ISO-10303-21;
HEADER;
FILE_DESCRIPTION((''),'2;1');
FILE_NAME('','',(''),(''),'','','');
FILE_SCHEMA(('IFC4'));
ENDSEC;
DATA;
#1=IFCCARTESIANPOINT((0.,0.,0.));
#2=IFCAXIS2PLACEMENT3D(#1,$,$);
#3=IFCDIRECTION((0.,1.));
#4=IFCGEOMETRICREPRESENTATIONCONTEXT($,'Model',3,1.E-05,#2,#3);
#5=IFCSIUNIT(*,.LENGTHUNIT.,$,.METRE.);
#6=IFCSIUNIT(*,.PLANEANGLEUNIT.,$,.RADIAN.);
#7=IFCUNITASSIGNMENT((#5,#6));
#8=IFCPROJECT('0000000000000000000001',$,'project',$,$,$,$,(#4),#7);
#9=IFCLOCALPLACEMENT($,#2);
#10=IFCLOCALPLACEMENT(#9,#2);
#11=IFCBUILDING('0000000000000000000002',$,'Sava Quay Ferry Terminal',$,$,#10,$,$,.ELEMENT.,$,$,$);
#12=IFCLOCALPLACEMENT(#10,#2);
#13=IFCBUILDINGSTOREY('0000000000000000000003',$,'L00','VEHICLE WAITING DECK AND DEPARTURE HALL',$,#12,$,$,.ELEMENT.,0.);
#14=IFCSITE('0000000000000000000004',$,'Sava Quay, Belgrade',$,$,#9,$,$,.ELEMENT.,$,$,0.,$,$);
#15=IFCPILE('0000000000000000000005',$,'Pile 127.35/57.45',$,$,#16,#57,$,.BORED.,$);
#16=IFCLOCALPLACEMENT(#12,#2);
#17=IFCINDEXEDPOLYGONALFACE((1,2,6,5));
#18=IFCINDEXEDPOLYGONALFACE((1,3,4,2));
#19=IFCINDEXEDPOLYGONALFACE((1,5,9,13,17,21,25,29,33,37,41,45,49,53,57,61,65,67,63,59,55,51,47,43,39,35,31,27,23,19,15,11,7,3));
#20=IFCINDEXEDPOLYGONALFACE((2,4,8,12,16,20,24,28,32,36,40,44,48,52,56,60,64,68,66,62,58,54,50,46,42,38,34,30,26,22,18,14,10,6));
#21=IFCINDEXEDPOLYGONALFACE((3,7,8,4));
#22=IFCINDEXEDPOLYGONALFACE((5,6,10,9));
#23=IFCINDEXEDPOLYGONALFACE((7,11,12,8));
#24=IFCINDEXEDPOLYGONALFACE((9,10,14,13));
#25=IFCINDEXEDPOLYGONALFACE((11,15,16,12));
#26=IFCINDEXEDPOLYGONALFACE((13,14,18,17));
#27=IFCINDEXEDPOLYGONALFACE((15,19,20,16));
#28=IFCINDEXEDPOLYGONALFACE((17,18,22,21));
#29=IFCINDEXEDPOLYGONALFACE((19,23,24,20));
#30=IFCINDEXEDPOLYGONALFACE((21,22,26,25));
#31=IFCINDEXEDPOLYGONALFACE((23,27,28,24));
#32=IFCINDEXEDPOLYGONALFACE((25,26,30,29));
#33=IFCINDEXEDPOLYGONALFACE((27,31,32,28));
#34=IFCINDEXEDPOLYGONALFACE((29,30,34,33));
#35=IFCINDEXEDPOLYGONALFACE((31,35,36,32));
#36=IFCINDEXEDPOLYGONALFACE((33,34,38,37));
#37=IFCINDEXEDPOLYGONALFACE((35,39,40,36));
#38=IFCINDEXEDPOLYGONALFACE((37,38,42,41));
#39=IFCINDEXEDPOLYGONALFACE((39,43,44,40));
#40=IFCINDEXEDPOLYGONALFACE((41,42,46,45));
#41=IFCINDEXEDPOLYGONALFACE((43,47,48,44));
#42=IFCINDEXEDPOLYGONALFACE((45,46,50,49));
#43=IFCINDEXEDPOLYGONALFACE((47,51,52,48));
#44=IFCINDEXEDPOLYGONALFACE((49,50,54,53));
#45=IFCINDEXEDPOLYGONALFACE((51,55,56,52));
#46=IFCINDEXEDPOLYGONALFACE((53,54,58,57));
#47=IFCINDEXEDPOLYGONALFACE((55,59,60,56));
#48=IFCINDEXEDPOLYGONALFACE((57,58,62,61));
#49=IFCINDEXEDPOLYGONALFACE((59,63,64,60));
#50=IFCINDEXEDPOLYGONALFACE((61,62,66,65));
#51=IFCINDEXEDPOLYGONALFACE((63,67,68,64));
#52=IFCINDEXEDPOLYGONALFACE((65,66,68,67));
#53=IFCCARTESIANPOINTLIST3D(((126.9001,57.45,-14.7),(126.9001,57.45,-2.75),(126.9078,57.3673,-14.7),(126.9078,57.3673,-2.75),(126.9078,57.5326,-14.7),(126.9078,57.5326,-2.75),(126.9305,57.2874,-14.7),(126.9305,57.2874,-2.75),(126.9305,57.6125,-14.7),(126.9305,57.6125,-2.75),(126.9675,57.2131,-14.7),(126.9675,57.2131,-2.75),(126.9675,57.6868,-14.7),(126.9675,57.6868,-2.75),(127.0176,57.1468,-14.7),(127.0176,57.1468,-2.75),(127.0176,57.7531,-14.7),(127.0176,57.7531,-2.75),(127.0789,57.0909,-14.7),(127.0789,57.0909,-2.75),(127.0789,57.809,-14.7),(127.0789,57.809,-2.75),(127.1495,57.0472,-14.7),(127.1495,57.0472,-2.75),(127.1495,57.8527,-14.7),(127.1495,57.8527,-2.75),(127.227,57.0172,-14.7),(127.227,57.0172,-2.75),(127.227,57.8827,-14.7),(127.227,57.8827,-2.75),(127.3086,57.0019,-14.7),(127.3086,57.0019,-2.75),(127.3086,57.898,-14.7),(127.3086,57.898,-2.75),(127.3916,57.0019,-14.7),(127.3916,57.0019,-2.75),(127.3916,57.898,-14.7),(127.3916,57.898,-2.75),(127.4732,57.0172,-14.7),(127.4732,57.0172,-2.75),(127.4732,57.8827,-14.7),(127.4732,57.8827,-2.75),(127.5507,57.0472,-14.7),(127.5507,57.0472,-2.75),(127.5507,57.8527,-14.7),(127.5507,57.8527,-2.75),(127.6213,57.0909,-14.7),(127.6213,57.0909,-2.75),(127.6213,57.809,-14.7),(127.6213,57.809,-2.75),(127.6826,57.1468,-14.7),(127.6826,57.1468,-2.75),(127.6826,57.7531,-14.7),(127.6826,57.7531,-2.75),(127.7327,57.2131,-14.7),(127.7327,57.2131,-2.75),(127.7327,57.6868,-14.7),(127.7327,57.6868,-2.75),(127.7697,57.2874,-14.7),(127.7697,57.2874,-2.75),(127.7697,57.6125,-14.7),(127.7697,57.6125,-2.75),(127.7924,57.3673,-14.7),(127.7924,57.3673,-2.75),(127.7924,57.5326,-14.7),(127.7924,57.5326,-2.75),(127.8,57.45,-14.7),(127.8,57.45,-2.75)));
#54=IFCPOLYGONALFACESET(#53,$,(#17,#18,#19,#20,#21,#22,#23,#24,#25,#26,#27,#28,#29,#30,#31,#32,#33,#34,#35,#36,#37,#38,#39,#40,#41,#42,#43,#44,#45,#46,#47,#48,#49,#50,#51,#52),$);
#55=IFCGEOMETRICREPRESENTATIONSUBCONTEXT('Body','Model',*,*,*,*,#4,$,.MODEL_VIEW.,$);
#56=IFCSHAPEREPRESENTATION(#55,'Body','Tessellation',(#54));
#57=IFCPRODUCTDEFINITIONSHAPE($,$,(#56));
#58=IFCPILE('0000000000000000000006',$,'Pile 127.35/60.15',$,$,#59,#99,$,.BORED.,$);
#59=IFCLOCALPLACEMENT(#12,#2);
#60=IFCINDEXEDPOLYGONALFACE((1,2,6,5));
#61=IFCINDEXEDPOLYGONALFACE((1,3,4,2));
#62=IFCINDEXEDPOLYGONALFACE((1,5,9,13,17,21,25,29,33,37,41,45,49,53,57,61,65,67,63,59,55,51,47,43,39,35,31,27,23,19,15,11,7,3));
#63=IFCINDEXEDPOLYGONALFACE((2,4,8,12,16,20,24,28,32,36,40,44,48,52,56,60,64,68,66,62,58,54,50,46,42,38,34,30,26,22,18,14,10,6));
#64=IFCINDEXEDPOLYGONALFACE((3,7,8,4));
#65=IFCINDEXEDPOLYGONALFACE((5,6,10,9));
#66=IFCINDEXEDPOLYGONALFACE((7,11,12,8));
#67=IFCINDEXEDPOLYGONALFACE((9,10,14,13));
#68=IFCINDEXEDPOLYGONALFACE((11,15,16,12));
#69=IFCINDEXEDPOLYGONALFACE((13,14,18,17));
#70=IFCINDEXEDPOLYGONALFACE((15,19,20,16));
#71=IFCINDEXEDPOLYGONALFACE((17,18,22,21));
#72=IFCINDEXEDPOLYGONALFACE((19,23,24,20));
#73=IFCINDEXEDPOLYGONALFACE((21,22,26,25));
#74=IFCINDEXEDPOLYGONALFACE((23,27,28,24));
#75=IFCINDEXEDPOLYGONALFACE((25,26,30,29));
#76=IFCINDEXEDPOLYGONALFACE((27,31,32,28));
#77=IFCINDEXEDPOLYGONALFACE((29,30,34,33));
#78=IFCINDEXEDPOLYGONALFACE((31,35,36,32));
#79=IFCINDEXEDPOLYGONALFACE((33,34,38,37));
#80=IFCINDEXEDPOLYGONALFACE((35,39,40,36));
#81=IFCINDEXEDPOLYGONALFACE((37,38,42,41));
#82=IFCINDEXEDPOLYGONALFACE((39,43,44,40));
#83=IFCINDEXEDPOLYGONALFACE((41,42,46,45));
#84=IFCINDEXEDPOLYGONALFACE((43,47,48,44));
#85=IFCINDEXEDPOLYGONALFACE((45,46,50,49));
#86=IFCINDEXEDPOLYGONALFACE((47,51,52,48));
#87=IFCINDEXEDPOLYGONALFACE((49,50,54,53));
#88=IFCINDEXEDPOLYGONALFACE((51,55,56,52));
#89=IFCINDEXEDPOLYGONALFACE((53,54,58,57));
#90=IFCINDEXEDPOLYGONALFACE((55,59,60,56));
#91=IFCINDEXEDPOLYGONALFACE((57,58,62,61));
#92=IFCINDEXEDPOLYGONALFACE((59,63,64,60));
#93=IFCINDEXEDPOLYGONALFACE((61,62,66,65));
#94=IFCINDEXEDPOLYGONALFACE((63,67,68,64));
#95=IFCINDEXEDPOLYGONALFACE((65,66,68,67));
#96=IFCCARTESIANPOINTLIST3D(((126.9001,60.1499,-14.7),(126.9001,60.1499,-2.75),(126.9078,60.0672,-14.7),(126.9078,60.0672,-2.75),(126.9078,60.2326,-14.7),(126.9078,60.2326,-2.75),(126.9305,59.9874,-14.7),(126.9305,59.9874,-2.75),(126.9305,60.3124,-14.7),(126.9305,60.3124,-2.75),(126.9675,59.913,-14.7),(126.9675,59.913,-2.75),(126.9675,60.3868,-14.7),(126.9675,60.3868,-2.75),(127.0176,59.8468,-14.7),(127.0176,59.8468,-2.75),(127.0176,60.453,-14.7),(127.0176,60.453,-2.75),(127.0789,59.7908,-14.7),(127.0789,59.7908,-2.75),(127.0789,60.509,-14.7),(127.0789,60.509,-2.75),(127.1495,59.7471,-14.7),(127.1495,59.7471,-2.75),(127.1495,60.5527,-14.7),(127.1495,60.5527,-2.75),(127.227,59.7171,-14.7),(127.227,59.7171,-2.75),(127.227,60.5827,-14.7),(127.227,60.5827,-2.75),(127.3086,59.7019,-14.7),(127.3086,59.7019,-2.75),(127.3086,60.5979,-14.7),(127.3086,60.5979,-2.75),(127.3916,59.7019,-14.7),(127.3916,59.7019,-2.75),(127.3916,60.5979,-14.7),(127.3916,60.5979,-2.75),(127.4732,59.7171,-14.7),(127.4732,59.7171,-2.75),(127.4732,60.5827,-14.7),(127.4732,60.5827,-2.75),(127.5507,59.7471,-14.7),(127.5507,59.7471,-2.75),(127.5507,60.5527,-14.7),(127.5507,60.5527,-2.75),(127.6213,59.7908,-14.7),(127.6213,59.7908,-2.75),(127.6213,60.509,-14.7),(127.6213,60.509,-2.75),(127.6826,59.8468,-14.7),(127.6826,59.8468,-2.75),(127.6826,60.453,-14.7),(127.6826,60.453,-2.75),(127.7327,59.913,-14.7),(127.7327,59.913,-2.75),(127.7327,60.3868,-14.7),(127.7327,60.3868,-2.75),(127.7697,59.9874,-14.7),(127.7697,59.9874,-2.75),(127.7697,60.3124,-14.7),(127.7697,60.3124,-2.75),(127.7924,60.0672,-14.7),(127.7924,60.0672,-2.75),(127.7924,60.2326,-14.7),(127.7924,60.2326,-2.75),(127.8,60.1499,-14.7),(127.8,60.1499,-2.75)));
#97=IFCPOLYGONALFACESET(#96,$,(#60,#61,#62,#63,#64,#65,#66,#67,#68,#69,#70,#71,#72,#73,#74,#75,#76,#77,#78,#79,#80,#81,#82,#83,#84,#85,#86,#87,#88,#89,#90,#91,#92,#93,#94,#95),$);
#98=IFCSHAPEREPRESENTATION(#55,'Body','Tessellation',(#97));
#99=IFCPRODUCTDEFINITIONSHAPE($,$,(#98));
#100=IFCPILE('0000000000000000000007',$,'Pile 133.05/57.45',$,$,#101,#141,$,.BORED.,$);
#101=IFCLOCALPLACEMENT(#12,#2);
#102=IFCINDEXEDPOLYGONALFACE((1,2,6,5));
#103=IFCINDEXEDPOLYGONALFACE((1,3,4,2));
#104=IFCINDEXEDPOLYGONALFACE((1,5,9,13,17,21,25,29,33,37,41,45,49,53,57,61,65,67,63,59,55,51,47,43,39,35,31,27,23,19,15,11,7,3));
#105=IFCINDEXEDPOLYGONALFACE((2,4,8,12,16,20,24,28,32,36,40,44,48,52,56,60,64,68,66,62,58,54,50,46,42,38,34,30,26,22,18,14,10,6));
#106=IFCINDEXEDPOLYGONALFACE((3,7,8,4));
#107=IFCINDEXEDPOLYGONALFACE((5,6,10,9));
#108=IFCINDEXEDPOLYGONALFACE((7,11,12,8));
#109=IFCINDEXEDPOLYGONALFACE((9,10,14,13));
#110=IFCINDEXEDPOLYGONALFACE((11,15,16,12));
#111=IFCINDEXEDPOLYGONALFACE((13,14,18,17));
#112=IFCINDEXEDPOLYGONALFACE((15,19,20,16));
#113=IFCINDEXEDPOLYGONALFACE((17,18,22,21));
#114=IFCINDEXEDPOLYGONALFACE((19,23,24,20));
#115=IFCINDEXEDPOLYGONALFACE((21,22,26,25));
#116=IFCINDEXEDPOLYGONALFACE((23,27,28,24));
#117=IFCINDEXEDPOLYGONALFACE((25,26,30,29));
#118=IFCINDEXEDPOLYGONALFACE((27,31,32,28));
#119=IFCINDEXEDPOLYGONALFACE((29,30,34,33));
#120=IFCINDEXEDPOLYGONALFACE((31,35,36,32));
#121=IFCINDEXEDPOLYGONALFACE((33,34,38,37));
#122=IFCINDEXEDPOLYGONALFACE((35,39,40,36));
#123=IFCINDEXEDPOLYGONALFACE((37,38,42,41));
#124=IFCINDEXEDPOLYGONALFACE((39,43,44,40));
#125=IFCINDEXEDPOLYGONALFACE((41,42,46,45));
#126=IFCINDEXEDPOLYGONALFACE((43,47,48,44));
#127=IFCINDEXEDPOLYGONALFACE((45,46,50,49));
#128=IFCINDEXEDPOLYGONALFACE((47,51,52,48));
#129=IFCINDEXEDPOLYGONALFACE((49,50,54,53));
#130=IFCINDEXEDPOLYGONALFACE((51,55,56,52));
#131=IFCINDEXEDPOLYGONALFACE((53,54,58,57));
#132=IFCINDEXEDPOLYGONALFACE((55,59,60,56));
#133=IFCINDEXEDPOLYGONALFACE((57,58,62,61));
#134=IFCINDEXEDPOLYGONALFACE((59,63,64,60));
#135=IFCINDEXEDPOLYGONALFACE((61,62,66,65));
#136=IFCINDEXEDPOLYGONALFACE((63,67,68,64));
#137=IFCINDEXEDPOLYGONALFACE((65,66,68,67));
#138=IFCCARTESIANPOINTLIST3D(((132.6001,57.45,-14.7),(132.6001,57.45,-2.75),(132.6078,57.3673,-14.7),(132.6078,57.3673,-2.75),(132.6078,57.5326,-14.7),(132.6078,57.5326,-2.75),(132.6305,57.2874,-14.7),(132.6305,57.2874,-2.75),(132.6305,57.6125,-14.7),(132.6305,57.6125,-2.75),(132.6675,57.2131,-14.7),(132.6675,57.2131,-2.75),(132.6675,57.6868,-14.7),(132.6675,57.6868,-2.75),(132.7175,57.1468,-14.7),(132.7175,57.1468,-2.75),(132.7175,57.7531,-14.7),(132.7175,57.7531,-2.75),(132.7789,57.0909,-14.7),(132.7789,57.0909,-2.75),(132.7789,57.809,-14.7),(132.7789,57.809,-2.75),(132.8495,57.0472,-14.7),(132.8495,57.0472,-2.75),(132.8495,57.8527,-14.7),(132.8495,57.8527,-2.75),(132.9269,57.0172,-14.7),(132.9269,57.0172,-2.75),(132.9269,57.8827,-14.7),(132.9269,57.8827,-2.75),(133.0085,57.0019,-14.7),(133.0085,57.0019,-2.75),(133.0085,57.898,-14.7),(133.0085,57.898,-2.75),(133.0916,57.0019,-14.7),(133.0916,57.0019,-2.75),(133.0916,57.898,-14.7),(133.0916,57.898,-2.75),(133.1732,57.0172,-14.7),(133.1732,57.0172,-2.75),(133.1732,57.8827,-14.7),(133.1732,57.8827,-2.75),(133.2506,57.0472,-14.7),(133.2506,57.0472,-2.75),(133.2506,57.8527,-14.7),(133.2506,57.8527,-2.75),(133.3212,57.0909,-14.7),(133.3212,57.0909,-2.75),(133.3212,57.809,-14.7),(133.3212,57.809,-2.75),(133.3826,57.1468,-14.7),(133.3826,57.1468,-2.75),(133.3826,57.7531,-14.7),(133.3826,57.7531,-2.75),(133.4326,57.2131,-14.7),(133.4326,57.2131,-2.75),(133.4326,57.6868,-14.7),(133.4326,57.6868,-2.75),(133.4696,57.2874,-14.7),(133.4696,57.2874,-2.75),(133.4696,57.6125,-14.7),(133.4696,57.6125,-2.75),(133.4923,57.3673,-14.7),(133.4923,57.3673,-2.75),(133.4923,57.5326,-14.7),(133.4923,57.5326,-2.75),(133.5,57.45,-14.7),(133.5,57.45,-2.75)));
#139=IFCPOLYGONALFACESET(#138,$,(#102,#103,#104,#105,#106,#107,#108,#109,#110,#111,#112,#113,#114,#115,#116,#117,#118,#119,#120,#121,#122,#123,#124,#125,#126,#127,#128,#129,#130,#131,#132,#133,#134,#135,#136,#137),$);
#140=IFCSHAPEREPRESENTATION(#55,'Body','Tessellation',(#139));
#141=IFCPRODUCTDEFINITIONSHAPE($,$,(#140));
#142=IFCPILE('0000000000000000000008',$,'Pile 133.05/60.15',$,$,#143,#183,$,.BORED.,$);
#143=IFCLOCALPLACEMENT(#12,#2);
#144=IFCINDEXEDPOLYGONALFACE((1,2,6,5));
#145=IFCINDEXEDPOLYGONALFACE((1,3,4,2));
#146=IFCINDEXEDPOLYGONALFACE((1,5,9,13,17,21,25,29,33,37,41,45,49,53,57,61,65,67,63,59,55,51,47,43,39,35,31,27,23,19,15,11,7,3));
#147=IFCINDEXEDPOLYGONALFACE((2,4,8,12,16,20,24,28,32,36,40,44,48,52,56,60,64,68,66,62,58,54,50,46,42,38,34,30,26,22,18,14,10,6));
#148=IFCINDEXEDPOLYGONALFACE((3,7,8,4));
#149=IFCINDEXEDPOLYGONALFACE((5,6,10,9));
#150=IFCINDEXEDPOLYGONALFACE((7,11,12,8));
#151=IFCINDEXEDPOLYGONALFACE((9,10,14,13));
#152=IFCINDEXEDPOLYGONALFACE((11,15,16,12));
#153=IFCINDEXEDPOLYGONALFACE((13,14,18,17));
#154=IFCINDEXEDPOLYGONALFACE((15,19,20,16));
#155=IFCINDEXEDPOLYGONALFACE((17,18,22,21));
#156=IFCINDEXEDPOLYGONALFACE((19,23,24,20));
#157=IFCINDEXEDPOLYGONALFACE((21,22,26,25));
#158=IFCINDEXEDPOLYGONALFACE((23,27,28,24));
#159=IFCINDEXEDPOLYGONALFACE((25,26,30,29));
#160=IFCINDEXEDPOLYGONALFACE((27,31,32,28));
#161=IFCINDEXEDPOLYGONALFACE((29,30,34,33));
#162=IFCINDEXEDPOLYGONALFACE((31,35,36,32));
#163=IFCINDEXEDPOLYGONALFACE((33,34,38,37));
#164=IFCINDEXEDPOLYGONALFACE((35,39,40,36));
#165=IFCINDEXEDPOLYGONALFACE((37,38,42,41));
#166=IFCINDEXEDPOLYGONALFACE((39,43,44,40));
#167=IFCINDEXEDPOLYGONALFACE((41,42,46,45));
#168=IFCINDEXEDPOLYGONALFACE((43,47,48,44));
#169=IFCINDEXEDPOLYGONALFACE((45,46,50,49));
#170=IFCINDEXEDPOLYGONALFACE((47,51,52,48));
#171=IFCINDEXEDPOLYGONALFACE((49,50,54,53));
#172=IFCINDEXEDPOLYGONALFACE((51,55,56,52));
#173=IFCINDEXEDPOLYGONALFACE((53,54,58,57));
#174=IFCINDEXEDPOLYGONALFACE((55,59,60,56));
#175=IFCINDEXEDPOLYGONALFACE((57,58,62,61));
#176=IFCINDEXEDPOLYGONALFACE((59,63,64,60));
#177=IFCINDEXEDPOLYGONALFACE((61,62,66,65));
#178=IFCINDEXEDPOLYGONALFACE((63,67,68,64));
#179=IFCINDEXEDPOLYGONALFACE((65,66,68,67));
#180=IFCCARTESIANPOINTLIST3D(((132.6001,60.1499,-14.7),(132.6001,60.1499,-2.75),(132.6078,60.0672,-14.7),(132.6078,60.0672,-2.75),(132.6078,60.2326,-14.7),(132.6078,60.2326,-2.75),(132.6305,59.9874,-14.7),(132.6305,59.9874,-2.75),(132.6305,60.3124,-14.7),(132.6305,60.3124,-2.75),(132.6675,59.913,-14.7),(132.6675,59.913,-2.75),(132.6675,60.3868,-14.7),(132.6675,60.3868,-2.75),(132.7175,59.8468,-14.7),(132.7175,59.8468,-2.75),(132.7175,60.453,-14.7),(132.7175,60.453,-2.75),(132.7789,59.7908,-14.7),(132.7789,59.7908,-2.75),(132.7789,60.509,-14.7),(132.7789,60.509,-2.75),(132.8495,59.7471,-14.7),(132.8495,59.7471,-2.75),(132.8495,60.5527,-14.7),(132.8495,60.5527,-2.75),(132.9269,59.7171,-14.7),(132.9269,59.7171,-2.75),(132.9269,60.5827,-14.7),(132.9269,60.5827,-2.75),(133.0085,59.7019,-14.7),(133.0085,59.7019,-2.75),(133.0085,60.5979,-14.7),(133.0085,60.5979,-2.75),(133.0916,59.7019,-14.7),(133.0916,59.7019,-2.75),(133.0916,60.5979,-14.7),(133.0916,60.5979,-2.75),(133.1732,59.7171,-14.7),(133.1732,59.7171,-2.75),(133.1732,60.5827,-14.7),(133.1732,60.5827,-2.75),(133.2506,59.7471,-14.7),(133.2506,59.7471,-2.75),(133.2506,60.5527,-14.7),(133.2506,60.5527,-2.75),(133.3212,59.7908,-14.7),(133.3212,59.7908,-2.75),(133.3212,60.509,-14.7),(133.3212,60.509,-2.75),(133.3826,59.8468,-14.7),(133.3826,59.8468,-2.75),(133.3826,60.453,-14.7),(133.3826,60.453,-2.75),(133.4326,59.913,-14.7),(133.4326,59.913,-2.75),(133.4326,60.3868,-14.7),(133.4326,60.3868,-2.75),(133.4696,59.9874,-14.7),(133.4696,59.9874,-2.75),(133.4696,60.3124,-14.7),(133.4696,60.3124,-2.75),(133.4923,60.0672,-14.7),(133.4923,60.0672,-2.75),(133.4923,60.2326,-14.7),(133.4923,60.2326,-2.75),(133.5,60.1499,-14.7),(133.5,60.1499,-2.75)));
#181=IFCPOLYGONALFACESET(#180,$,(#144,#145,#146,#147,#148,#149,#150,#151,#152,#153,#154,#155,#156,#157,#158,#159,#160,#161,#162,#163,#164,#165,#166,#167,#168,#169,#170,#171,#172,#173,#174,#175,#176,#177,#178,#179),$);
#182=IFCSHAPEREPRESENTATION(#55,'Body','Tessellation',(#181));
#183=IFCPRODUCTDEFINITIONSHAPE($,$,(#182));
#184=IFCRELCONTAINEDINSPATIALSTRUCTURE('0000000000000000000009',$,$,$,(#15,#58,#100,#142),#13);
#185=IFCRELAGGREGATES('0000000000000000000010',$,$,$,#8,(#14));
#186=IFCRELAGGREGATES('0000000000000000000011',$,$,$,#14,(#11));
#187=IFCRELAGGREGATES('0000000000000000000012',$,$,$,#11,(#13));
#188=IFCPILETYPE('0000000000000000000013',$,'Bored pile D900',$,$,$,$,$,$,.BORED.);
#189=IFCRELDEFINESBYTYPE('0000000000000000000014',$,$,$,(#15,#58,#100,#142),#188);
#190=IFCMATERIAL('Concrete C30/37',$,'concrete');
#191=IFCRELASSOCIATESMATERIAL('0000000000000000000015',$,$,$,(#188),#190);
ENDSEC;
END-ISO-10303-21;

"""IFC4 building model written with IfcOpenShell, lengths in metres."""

from ifc_helpers import new_model, si_unit, direction, frame, origin, origin_2d, place, context, subcontext, project, spatial, circle, extrude, material, material_profile, profile_set, type_object, element, save


model = new_model("IFC4")

# Units and contexts
model_context = context("Model", 3, precision=1e-05, world=origin(), true_north=direction((0.0, 1.0)))
body_context = subcontext(model_context, "Body", "Model", "MODEL_VIEW")
ifc_project = project(units=[si_unit("LENGTHUNIT", "METRE"), si_unit("PLANEANGLEUNIT", "RADIAN")], contexts=[model_context])

# Site, building, storey
site_placement = place(None, origin())
site = spatial("IfcSite", under=ifc_project, at=site_placement, Name="Sava Quay, Belgrade", CompositionType="ELEMENT", RefElevation=0.0)
building_placement = place(site_placement, origin())
building = spatial("IfcBuilding", under=site, at=building_placement, Name="Sava Quay Ferry Terminal", CompositionType="ELEMENT")
storey_placement = place(building_placement, origin())
storey = spatial("IfcBuildingStorey", under=building, at=storey_placement, Name="L00", Description="VEHICLE WAITING DECK AND DEPARTURE HALL", CompositionType="ELEMENT", Elevation=0.0)

# Piles
ifc_material_1 = material(Name="Concrete C30/37", Category="concrete")
ifc_material_profile_1 = material_profile(ifc_material_1, circle(Radius=0.45, at=origin_2d()), Name="Bored pile D900")
ifc_profile_set_1 = profile_set([ifc_material_profile_1], Name="Concrete C30/37")
pile_type = type_object("IfcPileType", Name="Bored pile D900", PredefinedType="BORED", material=ifc_profile_set_1)
for number, where, z_axis, x_axis, name in (
    (1, (127.3501, 57.45, -2.75), (0.0, 0.0, -1.0), (1.0, 0.0, 0.0), "Pile 127.35/57.45"),
    (2, (127.3501, 60.1499, -2.75), (0.0, 0.0, -1.0), (1.0, 0.0, 0.0), "Pile 127.35/60.15"),
    (3, (133.05, 57.45, -2.75), (0.0, 0.0, -1.0), (1.0, 0.0, 0.0), "Pile 133.05/57.45"),
    (4, (133.05, 60.1499, -2.75), (0.0, 0.0, -1.0), (1.0, 0.0, 0.0), "Pile 133.05/60.15"),
):
    element("IfcPile", number, at=place(storey_placement, frame(where, z_axis=z_axis, x_axis=x_axis)), inside=storey, type_object=pile_type, Name=name, PredefinedType="BORED", context=body_context, shape_type="SweptSolid", body=[
        extrude(circle(Radius=0.45, at=origin_2d()), origin(), (0.0, 0.0, 1.0), 11.95),
    ])

save(model, "model.ifc")
